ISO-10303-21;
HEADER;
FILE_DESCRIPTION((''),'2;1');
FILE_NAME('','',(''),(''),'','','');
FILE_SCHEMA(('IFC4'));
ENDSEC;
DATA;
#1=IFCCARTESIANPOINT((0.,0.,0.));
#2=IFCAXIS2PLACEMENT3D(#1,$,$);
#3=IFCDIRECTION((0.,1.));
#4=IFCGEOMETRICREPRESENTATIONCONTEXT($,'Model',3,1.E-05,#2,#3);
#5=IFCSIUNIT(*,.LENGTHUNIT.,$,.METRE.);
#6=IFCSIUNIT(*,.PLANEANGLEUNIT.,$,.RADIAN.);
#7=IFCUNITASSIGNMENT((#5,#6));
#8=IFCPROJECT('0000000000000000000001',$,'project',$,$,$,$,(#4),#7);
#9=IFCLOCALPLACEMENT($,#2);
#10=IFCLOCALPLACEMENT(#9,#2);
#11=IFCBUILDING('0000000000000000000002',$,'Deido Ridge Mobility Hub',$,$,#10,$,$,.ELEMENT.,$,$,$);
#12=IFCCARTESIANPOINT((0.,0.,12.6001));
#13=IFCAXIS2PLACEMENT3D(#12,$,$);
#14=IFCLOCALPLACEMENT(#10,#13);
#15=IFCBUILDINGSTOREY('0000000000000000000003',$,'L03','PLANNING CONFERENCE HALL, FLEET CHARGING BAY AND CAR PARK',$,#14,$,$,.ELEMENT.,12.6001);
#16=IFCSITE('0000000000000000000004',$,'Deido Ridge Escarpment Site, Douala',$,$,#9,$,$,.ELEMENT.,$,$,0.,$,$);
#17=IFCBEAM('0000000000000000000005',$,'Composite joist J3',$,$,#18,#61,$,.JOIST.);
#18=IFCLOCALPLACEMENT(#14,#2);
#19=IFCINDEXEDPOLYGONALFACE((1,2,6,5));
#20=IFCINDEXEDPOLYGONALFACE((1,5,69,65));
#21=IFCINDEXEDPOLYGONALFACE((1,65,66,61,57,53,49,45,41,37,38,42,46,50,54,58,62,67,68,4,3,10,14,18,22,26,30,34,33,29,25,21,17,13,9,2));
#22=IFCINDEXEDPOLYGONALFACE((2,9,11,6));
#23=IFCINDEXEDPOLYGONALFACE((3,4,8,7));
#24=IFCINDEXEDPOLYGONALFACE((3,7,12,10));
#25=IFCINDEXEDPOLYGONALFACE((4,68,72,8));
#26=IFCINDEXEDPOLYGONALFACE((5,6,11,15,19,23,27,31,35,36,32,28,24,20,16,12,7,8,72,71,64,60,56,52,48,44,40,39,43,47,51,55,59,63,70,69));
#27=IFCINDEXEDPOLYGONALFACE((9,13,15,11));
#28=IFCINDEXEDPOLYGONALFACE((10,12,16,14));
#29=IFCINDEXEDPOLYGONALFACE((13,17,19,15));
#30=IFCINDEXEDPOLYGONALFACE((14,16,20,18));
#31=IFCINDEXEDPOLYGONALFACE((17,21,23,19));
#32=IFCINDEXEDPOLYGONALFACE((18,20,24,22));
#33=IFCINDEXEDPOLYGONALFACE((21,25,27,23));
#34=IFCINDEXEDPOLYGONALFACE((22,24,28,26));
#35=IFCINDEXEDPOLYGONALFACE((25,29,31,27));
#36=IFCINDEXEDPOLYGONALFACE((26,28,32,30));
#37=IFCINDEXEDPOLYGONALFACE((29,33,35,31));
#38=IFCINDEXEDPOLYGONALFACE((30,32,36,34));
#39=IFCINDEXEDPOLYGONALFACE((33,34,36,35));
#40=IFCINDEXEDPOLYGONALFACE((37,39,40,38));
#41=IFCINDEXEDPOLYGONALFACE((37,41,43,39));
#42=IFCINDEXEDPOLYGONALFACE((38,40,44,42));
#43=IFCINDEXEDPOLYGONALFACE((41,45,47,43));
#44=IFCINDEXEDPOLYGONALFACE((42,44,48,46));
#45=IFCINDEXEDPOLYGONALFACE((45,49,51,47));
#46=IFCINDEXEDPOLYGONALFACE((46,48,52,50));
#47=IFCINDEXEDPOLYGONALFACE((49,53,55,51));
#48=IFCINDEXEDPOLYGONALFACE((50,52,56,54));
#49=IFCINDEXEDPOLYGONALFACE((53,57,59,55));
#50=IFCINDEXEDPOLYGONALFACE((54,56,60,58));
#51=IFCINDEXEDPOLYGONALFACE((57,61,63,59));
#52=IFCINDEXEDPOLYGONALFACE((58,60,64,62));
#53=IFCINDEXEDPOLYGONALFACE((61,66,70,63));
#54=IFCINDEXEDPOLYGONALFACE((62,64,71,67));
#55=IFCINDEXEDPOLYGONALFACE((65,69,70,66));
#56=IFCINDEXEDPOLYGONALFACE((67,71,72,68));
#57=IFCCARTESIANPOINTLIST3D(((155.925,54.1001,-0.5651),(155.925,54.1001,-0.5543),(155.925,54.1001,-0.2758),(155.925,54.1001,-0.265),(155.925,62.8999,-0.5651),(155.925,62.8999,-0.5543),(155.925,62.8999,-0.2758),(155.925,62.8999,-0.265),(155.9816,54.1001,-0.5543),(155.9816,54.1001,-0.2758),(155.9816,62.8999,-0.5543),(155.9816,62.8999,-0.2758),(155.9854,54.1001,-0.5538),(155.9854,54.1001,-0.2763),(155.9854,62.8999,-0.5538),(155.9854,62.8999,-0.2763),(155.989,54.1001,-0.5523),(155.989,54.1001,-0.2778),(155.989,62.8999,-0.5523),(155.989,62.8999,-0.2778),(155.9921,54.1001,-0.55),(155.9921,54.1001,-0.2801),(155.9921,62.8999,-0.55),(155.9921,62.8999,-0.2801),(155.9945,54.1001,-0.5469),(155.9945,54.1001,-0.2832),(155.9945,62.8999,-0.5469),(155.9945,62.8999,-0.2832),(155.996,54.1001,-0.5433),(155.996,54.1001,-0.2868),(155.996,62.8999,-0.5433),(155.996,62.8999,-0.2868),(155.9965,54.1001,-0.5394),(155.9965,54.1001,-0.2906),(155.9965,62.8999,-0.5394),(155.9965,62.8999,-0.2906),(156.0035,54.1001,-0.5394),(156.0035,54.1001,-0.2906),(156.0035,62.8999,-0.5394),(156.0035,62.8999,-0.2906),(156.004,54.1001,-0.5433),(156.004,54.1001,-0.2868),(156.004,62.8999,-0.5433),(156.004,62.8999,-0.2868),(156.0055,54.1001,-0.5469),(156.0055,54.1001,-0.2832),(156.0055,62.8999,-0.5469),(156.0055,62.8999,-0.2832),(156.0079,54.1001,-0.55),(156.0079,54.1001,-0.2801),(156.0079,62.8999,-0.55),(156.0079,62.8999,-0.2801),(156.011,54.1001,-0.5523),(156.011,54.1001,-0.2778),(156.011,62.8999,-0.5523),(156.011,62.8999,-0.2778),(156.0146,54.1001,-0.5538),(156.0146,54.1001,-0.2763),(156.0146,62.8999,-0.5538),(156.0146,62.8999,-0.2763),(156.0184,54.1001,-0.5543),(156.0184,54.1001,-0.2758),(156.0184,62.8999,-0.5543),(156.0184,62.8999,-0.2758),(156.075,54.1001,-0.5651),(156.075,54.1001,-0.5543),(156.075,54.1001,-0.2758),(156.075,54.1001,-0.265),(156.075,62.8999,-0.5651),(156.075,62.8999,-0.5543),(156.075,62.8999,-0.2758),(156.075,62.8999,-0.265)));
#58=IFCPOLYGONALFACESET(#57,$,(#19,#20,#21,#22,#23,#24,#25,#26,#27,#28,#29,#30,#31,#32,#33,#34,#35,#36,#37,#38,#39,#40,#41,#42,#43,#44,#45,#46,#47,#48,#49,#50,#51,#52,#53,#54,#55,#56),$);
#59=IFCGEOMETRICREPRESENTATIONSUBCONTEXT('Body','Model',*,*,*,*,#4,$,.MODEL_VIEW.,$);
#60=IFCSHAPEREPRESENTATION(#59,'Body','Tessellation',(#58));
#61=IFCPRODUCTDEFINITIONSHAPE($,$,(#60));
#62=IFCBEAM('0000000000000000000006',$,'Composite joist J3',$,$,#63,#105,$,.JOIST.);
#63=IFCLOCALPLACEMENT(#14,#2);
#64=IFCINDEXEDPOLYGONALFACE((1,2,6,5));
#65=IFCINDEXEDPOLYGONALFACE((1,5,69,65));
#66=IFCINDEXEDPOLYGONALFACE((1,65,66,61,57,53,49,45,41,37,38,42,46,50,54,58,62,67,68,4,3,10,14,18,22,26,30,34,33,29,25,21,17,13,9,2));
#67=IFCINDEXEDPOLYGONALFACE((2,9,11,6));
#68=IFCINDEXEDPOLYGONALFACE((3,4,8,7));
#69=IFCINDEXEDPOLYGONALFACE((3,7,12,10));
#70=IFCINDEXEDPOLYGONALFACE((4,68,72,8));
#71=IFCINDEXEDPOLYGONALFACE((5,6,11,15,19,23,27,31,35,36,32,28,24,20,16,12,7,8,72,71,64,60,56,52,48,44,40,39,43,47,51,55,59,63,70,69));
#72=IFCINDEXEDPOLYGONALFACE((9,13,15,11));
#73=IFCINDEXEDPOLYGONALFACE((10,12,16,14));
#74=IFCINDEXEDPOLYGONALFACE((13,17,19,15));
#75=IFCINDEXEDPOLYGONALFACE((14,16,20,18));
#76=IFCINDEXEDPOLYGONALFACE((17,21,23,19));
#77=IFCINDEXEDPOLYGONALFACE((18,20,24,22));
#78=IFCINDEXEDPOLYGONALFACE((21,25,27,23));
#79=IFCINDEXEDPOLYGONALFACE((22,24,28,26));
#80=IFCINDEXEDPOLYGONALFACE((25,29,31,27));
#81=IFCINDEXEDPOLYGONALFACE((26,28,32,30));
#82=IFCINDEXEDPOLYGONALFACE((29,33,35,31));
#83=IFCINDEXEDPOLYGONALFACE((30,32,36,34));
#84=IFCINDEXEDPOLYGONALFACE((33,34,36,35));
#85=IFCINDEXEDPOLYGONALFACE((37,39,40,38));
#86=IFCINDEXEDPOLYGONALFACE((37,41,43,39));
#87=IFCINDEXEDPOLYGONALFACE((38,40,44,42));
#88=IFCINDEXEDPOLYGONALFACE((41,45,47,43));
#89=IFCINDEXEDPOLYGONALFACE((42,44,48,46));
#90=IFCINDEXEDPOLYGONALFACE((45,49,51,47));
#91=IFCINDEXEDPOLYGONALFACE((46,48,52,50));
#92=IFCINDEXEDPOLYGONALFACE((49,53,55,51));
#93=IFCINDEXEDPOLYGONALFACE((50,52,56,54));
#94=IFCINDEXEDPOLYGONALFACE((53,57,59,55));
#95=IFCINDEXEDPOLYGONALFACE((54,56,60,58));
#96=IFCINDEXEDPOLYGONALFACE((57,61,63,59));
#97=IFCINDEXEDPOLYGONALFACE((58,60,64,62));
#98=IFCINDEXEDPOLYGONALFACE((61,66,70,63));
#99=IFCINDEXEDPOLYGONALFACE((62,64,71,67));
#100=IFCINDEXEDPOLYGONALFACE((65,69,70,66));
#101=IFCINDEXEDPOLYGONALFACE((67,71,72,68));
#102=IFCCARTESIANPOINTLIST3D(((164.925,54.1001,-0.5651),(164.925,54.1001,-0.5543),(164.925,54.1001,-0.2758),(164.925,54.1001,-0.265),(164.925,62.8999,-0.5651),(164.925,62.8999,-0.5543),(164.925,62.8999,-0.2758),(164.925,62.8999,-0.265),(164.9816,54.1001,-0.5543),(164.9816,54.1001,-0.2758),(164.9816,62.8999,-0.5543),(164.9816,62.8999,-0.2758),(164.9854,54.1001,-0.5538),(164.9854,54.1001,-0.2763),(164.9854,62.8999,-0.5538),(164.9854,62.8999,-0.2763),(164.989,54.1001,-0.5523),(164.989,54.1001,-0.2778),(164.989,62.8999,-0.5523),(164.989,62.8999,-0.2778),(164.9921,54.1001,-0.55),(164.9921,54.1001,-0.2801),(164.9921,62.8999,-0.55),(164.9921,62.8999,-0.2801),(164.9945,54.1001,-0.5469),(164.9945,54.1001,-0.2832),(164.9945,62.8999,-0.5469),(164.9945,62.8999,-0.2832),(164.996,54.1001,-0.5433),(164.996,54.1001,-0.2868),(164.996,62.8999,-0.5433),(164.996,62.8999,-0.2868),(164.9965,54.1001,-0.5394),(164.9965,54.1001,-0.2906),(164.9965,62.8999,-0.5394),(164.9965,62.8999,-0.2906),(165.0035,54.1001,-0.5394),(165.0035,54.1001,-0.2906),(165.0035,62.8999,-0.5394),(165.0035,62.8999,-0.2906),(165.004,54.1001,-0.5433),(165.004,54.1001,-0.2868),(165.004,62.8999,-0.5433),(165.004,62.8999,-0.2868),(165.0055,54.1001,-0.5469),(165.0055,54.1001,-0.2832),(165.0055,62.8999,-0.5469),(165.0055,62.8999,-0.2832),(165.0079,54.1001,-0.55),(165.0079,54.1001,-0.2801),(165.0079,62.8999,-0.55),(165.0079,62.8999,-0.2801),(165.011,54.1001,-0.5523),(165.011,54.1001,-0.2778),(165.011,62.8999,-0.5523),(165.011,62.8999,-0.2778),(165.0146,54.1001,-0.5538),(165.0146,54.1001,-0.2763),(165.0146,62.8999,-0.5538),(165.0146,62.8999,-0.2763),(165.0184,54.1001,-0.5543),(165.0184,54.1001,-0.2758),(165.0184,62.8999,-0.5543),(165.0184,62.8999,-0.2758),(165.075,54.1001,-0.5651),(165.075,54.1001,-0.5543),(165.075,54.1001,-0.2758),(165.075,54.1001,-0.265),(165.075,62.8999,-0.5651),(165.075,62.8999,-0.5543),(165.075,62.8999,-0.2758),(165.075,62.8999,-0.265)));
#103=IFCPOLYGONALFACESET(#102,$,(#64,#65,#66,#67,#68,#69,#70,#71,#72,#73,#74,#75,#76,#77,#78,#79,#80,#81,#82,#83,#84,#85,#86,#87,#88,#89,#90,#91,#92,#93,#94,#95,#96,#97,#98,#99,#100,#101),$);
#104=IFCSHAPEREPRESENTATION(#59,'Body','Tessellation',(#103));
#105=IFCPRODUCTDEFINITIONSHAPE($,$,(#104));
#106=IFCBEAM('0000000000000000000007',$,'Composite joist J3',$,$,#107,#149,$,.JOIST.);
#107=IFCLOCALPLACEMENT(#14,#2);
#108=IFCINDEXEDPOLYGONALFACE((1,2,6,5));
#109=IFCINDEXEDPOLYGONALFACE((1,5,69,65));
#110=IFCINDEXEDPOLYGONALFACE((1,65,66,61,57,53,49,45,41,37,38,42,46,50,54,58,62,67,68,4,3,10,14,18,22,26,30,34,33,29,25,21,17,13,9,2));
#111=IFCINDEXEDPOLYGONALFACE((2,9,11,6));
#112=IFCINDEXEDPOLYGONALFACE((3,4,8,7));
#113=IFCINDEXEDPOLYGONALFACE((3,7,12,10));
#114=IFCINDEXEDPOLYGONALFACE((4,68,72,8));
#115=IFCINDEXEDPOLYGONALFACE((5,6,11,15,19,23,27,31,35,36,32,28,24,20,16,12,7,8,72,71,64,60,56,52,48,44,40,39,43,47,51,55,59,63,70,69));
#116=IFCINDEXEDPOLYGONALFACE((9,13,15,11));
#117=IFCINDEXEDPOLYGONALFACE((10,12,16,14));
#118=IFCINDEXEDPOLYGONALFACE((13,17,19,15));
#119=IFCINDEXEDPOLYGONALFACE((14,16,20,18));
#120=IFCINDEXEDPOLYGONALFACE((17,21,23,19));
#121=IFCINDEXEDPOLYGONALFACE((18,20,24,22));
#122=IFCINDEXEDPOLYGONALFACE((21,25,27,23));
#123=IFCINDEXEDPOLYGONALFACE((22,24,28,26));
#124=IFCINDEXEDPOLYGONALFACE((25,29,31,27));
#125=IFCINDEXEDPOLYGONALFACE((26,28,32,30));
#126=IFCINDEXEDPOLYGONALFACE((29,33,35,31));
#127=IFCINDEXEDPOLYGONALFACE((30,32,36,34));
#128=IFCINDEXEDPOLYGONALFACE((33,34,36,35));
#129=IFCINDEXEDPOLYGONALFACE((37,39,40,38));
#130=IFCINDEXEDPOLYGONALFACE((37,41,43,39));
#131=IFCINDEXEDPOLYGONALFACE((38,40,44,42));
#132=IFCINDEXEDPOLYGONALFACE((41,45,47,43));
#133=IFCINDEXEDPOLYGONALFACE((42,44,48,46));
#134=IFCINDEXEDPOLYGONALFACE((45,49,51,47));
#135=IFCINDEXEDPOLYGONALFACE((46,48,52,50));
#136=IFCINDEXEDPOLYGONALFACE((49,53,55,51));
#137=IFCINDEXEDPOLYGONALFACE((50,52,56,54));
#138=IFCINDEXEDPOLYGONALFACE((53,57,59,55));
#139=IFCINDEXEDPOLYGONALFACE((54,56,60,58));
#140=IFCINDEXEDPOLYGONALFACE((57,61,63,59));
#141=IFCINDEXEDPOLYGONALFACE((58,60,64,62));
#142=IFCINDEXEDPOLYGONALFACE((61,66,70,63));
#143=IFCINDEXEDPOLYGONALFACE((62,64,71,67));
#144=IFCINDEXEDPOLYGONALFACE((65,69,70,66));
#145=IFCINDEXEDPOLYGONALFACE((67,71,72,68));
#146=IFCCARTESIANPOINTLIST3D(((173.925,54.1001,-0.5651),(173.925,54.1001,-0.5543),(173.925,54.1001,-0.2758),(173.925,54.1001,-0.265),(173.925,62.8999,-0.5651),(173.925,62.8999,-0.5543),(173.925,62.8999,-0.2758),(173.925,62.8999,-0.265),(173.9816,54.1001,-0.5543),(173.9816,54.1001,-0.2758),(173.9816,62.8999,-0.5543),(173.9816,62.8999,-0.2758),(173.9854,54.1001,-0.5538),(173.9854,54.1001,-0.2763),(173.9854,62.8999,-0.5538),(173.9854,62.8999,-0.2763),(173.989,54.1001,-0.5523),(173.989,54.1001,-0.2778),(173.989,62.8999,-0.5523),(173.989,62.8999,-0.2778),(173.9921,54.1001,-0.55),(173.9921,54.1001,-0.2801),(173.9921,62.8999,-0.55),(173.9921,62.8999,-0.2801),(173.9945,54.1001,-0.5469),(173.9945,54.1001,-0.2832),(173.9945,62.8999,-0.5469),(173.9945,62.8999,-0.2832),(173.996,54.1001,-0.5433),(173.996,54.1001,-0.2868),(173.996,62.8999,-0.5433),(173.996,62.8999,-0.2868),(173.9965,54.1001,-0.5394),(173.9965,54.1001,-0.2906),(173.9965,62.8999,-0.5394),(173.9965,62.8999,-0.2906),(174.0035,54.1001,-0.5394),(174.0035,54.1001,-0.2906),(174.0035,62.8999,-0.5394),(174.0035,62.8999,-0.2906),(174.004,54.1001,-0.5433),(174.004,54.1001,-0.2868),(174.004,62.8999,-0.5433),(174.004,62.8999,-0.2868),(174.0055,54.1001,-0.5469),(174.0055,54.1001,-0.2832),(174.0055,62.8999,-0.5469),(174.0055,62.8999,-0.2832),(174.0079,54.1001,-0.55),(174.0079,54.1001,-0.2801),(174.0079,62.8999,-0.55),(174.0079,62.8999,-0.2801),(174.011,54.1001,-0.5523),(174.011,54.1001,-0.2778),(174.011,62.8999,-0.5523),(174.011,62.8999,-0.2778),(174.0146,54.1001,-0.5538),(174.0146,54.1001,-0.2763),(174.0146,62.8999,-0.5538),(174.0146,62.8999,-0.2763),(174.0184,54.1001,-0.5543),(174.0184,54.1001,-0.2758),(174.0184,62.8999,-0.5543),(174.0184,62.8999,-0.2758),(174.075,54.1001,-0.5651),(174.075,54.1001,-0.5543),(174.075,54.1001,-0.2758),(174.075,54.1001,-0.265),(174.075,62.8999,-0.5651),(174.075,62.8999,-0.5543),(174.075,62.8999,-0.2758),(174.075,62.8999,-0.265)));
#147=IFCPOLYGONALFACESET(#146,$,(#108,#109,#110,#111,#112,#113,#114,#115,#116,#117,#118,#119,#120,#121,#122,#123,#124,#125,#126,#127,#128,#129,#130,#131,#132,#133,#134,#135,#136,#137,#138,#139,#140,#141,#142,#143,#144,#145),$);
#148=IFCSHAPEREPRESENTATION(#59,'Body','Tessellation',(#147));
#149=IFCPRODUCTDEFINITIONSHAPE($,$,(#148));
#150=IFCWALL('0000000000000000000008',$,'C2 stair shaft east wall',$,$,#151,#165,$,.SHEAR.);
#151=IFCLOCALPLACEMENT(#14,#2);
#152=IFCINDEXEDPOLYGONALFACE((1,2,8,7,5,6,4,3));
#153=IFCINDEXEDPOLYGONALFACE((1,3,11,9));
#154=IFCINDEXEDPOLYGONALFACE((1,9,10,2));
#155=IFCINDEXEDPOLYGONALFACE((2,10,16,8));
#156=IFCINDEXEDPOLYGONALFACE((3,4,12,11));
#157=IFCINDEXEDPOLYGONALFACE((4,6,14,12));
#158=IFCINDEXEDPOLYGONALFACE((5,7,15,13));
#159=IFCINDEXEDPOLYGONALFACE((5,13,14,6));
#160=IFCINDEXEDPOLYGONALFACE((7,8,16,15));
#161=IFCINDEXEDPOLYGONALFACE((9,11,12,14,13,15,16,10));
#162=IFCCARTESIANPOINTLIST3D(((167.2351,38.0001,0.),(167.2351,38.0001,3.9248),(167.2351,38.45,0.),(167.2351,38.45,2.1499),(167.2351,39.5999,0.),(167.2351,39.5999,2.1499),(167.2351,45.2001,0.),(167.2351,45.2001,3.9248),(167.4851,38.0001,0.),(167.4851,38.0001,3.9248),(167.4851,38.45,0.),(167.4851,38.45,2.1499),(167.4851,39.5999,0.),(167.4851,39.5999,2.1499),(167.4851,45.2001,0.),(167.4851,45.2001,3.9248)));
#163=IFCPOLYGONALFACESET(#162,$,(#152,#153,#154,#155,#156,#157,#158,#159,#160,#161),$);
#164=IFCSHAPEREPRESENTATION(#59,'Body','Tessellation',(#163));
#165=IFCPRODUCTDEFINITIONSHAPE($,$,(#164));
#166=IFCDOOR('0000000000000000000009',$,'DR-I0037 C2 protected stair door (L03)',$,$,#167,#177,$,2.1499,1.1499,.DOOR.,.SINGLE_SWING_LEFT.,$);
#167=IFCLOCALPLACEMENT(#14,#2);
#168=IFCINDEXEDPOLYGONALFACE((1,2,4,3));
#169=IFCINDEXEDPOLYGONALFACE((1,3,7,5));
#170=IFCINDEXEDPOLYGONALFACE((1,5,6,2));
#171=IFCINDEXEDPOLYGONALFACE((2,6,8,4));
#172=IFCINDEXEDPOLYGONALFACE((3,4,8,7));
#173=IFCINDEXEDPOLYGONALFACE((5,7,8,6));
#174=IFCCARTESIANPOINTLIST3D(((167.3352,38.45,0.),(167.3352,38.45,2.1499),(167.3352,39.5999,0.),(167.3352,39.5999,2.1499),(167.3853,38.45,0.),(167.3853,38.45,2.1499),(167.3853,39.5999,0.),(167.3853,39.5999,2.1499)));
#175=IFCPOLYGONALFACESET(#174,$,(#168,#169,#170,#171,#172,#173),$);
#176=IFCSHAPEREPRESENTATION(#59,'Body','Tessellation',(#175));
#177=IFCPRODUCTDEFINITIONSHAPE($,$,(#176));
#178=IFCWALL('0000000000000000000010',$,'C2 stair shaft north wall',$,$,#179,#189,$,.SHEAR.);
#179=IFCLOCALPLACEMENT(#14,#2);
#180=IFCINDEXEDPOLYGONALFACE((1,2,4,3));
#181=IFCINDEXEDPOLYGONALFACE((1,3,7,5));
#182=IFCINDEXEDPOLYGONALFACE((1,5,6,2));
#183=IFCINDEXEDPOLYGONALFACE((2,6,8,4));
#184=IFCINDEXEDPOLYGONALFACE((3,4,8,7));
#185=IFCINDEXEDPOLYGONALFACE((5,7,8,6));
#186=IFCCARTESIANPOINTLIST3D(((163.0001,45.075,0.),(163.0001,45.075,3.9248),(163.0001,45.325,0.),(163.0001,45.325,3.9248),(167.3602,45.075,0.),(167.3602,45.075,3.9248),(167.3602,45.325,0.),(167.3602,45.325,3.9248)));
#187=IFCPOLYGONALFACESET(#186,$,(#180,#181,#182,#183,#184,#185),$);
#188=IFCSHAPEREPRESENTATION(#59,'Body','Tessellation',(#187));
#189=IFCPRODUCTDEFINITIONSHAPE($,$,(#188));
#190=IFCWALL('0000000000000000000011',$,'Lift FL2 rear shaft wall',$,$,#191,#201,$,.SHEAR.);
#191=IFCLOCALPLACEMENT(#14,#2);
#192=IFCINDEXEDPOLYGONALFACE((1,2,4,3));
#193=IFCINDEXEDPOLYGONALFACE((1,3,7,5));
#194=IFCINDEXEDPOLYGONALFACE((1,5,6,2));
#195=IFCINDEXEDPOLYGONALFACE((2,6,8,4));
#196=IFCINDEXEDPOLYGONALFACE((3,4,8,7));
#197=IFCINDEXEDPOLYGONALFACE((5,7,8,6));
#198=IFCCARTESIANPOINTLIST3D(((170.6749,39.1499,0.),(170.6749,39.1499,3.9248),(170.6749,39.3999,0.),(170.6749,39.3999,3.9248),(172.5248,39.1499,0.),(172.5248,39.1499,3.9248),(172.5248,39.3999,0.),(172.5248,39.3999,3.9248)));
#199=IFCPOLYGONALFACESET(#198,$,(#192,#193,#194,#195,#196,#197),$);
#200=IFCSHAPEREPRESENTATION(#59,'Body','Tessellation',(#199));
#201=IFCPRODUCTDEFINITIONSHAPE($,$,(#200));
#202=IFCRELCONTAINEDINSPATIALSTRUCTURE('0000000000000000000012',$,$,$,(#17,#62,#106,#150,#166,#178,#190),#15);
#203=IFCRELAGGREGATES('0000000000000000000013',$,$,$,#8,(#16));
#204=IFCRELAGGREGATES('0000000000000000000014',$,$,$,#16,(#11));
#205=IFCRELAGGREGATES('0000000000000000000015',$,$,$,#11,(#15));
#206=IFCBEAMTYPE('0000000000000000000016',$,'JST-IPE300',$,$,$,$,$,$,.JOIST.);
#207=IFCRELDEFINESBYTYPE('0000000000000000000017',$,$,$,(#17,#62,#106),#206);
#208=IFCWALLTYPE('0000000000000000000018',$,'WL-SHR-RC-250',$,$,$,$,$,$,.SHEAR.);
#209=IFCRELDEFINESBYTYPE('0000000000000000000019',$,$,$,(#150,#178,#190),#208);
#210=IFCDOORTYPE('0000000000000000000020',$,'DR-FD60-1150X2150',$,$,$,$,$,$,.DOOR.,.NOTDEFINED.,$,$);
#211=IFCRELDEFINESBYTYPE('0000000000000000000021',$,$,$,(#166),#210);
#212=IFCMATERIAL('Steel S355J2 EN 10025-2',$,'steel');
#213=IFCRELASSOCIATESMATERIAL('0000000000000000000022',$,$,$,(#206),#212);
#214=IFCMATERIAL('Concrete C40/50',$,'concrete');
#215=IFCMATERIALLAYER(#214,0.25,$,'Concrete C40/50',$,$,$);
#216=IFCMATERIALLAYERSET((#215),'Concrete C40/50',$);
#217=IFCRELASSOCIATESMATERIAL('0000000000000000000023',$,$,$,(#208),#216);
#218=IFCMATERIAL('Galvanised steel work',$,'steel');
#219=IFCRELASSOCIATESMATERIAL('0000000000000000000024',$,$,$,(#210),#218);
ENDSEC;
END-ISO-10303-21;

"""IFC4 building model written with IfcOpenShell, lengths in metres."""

from ifc_helpers import new_model, si_unit, direction, frame, frame_2d, origin, origin_2d, place, context, subcontext, project, spatial, rectangle, i_section, extrude, material, layer, layer_set, material_profile, profile_set, type_object, element, fill, save


model = new_model("IFC4")

# Units and contexts
model_context = context("Model", 3, precision=1e-05, world=origin(), true_north=direction((0.0, 1.0)))
body_context = subcontext(model_context, "Body", "Model", "MODEL_VIEW")
ifc_project = project(units=[si_unit("LENGTHUNIT", "METRE"), si_unit("PLANEANGLEUNIT", "RADIAN")], contexts=[model_context])

# Site, building, storey
site_placement = place(None, origin())
site = spatial("IfcSite", under=ifc_project, at=site_placement, Name="Deido Ridge Escarpment Site, Douala", CompositionType="ELEMENT", RefElevation=0.0)
building_placement = place(site_placement, origin())
building = spatial("IfcBuilding", under=site, at=building_placement, Name="Deido Ridge Mobility Hub", CompositionType="ELEMENT")
storey_placement = place(building_placement, frame((0.0, 0.0, 12.6001)))
storey = spatial("IfcBuildingStorey", under=building, at=storey_placement, Name="L03", Description="PLANNING CONFERENCE HALL, FLEET CHARGING BAY AND CAR PARK", CompositionType="ELEMENT", Elevation=12.6001)

# Shared definitions
ifc_material_1 = material(Name="Steel S355J2 EN 10025-2", Category="steel")

# Beams
ifc_material_profile_1 = material_profile(ifc_material_1, i_section(OverallWidth=0.1499, OverallDepth=0.3, WebThickness=0.0071, FlangeThickness=0.0107, FilletRadius=0.0149, at=origin_2d()), Name="IPE 300")
ifc_profile_set_1 = profile_set([ifc_material_profile_1], Name="Steel S355J2 EN 10025-2")
beam_type_1 = type_object("IfcBeamType", Name="JST-IPE300", PredefinedType="JOIST", material=ifc_profile_set_1)
for number, where, z_axis, x_axis, name in (
    (1, (156.0, 54.1001, -0.415), (0.0, 1.0, 0.0), (-1.0, 0.0, 0.0), "Composite joist J3"),
    (2, (165.0, 54.1001, -0.415), (0.0, 1.0, 0.0), (-1.0, 0.0, 0.0), "Composite joist J3"),
    (3, (174.0, 54.1001, -0.415), (0.0, 1.0, 0.0), (-1.0, 0.0, 0.0), "Composite joist J3"),
):
    element("IfcBeam", number, at=place(storey_placement, frame(where, z_axis=z_axis, x_axis=x_axis)), inside=storey, type_object=beam_type_1, Name=name, PredefinedType="JOIST", context=body_context, shape_type="SweptSolid", body=[
        extrude(i_section(OverallWidth=0.1499, OverallDepth=0.3, WebThickness=0.0071, FlangeThickness=0.0107, FilletRadius=0.0149, at=origin_2d()), origin(), (0.0, 0.0, 1.0), 8.7998),
    ])

# Wall, opening, door
ifc_material_2 = material(Name="Concrete C40/50", Category="concrete")
ifc_layer_1 = layer(ifc_material_2, 0.25, Name="Concrete C40/50")
ifc_layer_set_1 = layer_set([ifc_layer_1], Name="Concrete C40/50")
wall_type_1 = type_object("IfcWallType", Name="WL-SHR-RC-250", PredefinedType="SHEAR", material=ifc_layer_set_1)
wall_1_placement = place(storey_placement, frame((167.3601, 38.0, 0.0), z_axis=(0.0, 0.0, 1.0), x_axis=(0.0, 1.0, 0.0)))
wall_1 = element("IfcWall", 4, at=wall_1_placement, inside=storey, type_object=wall_type_1, Name="C2 stair shaft east wall", PredefinedType="SHEAR", context=body_context, shape_type="SweptSolid", body=[
    extrude(rectangle(XDim=7.2, YDim=0.25, at=frame_2d((3.6001, 0.0))), origin(), (0.0, 0.0, 1.0), 3.9248),
])
opening_1_placement = place(wall_1_placement, frame((0.45, 0.0, 0.0)))
opening_1 = element("IfcOpeningElement", 5, at=opening_1_placement, cuts=wall_1, PredefinedType="OPENING", context=body_context, shape_type="SweptSolid", body=[
    extrude(rectangle(XDim=1.1499, YDim=2.1499, at=frame_2d((0.575, 1.075))), frame((0.0, 0.135, 0.0), z_axis=(0.0, -1.0, 0.0), x_axis=(1.0, 0.0, 0.0)), (0.0, 0.0, 1.0), 0.27),
])
ifc_material_3 = material(Name="Galvanised steel work", Category="steel")
door_type_1 = type_object("IfcDoorType", Name="DR-FD60-1150X2150", OperationType="NOTDEFINED", PredefinedType="DOOR", material=ifc_material_3)
door_1_placement = place(opening_1_placement, origin())
door_1 = element("IfcDoor", 6, at=door_1_placement, inside=storey, type_object=door_type_1, Name="DR-I0037 C2 protected stair door (L03)", OperationType="SINGLE_SWING_LEFT", OverallHeight=2.1499, OverallWidth=1.1499, PredefinedType="DOOR", context=body_context, shape_type="SweptSolid", body=[
    extrude(rectangle(XDim=1.1499, YDim=2.1499, at=frame_2d((0.575, 1.075))), frame((0.0, 0.0249, 0.0), z_axis=(0.0, -1.0, 0.0), x_axis=(1.0, 0.0, 0.0)), (0.0, 0.0, 1.0), 0.05),
])
fill(opening_1, door_1)

# Walls
wall_2_placement = place(storey_placement, frame((163.0, 45.2, 0.0), z_axis=(0.0, 0.0, 1.0), x_axis=(1.0, 0.0, 0.0)))
element("IfcWall", 7, at=wall_2_placement, inside=storey, type_object=wall_type_1, Name="C2 stair shaft north wall", PredefinedType="SHEAR", context=body_context, shape_type="SweptSolid", body=[
    extrude(rectangle(XDim=4.3601, YDim=0.25, at=frame_2d((2.1802, 0.0))), origin(), (0.0, 0.0, 1.0), 3.9248),
])
wall_3_placement = place(storey_placement, frame((170.675, 39.2749, 0.0), z_axis=(0.0, 0.0, 1.0), x_axis=(1.0, 0.0, 0.0)))
element("IfcWall", 8, at=wall_3_placement, inside=storey, type_object=wall_type_1, Name="Lift FL2 rear shaft wall", PredefinedType="SHEAR", context=body_context, shape_type="SweptSolid", body=[
    extrude(rectangle(XDim=1.8499, YDim=0.25, at=frame_2d((0.9248, 0.0))), origin(), (0.0, 0.0, 1.0), 3.9248),
])

save(model, "model.ifc")
